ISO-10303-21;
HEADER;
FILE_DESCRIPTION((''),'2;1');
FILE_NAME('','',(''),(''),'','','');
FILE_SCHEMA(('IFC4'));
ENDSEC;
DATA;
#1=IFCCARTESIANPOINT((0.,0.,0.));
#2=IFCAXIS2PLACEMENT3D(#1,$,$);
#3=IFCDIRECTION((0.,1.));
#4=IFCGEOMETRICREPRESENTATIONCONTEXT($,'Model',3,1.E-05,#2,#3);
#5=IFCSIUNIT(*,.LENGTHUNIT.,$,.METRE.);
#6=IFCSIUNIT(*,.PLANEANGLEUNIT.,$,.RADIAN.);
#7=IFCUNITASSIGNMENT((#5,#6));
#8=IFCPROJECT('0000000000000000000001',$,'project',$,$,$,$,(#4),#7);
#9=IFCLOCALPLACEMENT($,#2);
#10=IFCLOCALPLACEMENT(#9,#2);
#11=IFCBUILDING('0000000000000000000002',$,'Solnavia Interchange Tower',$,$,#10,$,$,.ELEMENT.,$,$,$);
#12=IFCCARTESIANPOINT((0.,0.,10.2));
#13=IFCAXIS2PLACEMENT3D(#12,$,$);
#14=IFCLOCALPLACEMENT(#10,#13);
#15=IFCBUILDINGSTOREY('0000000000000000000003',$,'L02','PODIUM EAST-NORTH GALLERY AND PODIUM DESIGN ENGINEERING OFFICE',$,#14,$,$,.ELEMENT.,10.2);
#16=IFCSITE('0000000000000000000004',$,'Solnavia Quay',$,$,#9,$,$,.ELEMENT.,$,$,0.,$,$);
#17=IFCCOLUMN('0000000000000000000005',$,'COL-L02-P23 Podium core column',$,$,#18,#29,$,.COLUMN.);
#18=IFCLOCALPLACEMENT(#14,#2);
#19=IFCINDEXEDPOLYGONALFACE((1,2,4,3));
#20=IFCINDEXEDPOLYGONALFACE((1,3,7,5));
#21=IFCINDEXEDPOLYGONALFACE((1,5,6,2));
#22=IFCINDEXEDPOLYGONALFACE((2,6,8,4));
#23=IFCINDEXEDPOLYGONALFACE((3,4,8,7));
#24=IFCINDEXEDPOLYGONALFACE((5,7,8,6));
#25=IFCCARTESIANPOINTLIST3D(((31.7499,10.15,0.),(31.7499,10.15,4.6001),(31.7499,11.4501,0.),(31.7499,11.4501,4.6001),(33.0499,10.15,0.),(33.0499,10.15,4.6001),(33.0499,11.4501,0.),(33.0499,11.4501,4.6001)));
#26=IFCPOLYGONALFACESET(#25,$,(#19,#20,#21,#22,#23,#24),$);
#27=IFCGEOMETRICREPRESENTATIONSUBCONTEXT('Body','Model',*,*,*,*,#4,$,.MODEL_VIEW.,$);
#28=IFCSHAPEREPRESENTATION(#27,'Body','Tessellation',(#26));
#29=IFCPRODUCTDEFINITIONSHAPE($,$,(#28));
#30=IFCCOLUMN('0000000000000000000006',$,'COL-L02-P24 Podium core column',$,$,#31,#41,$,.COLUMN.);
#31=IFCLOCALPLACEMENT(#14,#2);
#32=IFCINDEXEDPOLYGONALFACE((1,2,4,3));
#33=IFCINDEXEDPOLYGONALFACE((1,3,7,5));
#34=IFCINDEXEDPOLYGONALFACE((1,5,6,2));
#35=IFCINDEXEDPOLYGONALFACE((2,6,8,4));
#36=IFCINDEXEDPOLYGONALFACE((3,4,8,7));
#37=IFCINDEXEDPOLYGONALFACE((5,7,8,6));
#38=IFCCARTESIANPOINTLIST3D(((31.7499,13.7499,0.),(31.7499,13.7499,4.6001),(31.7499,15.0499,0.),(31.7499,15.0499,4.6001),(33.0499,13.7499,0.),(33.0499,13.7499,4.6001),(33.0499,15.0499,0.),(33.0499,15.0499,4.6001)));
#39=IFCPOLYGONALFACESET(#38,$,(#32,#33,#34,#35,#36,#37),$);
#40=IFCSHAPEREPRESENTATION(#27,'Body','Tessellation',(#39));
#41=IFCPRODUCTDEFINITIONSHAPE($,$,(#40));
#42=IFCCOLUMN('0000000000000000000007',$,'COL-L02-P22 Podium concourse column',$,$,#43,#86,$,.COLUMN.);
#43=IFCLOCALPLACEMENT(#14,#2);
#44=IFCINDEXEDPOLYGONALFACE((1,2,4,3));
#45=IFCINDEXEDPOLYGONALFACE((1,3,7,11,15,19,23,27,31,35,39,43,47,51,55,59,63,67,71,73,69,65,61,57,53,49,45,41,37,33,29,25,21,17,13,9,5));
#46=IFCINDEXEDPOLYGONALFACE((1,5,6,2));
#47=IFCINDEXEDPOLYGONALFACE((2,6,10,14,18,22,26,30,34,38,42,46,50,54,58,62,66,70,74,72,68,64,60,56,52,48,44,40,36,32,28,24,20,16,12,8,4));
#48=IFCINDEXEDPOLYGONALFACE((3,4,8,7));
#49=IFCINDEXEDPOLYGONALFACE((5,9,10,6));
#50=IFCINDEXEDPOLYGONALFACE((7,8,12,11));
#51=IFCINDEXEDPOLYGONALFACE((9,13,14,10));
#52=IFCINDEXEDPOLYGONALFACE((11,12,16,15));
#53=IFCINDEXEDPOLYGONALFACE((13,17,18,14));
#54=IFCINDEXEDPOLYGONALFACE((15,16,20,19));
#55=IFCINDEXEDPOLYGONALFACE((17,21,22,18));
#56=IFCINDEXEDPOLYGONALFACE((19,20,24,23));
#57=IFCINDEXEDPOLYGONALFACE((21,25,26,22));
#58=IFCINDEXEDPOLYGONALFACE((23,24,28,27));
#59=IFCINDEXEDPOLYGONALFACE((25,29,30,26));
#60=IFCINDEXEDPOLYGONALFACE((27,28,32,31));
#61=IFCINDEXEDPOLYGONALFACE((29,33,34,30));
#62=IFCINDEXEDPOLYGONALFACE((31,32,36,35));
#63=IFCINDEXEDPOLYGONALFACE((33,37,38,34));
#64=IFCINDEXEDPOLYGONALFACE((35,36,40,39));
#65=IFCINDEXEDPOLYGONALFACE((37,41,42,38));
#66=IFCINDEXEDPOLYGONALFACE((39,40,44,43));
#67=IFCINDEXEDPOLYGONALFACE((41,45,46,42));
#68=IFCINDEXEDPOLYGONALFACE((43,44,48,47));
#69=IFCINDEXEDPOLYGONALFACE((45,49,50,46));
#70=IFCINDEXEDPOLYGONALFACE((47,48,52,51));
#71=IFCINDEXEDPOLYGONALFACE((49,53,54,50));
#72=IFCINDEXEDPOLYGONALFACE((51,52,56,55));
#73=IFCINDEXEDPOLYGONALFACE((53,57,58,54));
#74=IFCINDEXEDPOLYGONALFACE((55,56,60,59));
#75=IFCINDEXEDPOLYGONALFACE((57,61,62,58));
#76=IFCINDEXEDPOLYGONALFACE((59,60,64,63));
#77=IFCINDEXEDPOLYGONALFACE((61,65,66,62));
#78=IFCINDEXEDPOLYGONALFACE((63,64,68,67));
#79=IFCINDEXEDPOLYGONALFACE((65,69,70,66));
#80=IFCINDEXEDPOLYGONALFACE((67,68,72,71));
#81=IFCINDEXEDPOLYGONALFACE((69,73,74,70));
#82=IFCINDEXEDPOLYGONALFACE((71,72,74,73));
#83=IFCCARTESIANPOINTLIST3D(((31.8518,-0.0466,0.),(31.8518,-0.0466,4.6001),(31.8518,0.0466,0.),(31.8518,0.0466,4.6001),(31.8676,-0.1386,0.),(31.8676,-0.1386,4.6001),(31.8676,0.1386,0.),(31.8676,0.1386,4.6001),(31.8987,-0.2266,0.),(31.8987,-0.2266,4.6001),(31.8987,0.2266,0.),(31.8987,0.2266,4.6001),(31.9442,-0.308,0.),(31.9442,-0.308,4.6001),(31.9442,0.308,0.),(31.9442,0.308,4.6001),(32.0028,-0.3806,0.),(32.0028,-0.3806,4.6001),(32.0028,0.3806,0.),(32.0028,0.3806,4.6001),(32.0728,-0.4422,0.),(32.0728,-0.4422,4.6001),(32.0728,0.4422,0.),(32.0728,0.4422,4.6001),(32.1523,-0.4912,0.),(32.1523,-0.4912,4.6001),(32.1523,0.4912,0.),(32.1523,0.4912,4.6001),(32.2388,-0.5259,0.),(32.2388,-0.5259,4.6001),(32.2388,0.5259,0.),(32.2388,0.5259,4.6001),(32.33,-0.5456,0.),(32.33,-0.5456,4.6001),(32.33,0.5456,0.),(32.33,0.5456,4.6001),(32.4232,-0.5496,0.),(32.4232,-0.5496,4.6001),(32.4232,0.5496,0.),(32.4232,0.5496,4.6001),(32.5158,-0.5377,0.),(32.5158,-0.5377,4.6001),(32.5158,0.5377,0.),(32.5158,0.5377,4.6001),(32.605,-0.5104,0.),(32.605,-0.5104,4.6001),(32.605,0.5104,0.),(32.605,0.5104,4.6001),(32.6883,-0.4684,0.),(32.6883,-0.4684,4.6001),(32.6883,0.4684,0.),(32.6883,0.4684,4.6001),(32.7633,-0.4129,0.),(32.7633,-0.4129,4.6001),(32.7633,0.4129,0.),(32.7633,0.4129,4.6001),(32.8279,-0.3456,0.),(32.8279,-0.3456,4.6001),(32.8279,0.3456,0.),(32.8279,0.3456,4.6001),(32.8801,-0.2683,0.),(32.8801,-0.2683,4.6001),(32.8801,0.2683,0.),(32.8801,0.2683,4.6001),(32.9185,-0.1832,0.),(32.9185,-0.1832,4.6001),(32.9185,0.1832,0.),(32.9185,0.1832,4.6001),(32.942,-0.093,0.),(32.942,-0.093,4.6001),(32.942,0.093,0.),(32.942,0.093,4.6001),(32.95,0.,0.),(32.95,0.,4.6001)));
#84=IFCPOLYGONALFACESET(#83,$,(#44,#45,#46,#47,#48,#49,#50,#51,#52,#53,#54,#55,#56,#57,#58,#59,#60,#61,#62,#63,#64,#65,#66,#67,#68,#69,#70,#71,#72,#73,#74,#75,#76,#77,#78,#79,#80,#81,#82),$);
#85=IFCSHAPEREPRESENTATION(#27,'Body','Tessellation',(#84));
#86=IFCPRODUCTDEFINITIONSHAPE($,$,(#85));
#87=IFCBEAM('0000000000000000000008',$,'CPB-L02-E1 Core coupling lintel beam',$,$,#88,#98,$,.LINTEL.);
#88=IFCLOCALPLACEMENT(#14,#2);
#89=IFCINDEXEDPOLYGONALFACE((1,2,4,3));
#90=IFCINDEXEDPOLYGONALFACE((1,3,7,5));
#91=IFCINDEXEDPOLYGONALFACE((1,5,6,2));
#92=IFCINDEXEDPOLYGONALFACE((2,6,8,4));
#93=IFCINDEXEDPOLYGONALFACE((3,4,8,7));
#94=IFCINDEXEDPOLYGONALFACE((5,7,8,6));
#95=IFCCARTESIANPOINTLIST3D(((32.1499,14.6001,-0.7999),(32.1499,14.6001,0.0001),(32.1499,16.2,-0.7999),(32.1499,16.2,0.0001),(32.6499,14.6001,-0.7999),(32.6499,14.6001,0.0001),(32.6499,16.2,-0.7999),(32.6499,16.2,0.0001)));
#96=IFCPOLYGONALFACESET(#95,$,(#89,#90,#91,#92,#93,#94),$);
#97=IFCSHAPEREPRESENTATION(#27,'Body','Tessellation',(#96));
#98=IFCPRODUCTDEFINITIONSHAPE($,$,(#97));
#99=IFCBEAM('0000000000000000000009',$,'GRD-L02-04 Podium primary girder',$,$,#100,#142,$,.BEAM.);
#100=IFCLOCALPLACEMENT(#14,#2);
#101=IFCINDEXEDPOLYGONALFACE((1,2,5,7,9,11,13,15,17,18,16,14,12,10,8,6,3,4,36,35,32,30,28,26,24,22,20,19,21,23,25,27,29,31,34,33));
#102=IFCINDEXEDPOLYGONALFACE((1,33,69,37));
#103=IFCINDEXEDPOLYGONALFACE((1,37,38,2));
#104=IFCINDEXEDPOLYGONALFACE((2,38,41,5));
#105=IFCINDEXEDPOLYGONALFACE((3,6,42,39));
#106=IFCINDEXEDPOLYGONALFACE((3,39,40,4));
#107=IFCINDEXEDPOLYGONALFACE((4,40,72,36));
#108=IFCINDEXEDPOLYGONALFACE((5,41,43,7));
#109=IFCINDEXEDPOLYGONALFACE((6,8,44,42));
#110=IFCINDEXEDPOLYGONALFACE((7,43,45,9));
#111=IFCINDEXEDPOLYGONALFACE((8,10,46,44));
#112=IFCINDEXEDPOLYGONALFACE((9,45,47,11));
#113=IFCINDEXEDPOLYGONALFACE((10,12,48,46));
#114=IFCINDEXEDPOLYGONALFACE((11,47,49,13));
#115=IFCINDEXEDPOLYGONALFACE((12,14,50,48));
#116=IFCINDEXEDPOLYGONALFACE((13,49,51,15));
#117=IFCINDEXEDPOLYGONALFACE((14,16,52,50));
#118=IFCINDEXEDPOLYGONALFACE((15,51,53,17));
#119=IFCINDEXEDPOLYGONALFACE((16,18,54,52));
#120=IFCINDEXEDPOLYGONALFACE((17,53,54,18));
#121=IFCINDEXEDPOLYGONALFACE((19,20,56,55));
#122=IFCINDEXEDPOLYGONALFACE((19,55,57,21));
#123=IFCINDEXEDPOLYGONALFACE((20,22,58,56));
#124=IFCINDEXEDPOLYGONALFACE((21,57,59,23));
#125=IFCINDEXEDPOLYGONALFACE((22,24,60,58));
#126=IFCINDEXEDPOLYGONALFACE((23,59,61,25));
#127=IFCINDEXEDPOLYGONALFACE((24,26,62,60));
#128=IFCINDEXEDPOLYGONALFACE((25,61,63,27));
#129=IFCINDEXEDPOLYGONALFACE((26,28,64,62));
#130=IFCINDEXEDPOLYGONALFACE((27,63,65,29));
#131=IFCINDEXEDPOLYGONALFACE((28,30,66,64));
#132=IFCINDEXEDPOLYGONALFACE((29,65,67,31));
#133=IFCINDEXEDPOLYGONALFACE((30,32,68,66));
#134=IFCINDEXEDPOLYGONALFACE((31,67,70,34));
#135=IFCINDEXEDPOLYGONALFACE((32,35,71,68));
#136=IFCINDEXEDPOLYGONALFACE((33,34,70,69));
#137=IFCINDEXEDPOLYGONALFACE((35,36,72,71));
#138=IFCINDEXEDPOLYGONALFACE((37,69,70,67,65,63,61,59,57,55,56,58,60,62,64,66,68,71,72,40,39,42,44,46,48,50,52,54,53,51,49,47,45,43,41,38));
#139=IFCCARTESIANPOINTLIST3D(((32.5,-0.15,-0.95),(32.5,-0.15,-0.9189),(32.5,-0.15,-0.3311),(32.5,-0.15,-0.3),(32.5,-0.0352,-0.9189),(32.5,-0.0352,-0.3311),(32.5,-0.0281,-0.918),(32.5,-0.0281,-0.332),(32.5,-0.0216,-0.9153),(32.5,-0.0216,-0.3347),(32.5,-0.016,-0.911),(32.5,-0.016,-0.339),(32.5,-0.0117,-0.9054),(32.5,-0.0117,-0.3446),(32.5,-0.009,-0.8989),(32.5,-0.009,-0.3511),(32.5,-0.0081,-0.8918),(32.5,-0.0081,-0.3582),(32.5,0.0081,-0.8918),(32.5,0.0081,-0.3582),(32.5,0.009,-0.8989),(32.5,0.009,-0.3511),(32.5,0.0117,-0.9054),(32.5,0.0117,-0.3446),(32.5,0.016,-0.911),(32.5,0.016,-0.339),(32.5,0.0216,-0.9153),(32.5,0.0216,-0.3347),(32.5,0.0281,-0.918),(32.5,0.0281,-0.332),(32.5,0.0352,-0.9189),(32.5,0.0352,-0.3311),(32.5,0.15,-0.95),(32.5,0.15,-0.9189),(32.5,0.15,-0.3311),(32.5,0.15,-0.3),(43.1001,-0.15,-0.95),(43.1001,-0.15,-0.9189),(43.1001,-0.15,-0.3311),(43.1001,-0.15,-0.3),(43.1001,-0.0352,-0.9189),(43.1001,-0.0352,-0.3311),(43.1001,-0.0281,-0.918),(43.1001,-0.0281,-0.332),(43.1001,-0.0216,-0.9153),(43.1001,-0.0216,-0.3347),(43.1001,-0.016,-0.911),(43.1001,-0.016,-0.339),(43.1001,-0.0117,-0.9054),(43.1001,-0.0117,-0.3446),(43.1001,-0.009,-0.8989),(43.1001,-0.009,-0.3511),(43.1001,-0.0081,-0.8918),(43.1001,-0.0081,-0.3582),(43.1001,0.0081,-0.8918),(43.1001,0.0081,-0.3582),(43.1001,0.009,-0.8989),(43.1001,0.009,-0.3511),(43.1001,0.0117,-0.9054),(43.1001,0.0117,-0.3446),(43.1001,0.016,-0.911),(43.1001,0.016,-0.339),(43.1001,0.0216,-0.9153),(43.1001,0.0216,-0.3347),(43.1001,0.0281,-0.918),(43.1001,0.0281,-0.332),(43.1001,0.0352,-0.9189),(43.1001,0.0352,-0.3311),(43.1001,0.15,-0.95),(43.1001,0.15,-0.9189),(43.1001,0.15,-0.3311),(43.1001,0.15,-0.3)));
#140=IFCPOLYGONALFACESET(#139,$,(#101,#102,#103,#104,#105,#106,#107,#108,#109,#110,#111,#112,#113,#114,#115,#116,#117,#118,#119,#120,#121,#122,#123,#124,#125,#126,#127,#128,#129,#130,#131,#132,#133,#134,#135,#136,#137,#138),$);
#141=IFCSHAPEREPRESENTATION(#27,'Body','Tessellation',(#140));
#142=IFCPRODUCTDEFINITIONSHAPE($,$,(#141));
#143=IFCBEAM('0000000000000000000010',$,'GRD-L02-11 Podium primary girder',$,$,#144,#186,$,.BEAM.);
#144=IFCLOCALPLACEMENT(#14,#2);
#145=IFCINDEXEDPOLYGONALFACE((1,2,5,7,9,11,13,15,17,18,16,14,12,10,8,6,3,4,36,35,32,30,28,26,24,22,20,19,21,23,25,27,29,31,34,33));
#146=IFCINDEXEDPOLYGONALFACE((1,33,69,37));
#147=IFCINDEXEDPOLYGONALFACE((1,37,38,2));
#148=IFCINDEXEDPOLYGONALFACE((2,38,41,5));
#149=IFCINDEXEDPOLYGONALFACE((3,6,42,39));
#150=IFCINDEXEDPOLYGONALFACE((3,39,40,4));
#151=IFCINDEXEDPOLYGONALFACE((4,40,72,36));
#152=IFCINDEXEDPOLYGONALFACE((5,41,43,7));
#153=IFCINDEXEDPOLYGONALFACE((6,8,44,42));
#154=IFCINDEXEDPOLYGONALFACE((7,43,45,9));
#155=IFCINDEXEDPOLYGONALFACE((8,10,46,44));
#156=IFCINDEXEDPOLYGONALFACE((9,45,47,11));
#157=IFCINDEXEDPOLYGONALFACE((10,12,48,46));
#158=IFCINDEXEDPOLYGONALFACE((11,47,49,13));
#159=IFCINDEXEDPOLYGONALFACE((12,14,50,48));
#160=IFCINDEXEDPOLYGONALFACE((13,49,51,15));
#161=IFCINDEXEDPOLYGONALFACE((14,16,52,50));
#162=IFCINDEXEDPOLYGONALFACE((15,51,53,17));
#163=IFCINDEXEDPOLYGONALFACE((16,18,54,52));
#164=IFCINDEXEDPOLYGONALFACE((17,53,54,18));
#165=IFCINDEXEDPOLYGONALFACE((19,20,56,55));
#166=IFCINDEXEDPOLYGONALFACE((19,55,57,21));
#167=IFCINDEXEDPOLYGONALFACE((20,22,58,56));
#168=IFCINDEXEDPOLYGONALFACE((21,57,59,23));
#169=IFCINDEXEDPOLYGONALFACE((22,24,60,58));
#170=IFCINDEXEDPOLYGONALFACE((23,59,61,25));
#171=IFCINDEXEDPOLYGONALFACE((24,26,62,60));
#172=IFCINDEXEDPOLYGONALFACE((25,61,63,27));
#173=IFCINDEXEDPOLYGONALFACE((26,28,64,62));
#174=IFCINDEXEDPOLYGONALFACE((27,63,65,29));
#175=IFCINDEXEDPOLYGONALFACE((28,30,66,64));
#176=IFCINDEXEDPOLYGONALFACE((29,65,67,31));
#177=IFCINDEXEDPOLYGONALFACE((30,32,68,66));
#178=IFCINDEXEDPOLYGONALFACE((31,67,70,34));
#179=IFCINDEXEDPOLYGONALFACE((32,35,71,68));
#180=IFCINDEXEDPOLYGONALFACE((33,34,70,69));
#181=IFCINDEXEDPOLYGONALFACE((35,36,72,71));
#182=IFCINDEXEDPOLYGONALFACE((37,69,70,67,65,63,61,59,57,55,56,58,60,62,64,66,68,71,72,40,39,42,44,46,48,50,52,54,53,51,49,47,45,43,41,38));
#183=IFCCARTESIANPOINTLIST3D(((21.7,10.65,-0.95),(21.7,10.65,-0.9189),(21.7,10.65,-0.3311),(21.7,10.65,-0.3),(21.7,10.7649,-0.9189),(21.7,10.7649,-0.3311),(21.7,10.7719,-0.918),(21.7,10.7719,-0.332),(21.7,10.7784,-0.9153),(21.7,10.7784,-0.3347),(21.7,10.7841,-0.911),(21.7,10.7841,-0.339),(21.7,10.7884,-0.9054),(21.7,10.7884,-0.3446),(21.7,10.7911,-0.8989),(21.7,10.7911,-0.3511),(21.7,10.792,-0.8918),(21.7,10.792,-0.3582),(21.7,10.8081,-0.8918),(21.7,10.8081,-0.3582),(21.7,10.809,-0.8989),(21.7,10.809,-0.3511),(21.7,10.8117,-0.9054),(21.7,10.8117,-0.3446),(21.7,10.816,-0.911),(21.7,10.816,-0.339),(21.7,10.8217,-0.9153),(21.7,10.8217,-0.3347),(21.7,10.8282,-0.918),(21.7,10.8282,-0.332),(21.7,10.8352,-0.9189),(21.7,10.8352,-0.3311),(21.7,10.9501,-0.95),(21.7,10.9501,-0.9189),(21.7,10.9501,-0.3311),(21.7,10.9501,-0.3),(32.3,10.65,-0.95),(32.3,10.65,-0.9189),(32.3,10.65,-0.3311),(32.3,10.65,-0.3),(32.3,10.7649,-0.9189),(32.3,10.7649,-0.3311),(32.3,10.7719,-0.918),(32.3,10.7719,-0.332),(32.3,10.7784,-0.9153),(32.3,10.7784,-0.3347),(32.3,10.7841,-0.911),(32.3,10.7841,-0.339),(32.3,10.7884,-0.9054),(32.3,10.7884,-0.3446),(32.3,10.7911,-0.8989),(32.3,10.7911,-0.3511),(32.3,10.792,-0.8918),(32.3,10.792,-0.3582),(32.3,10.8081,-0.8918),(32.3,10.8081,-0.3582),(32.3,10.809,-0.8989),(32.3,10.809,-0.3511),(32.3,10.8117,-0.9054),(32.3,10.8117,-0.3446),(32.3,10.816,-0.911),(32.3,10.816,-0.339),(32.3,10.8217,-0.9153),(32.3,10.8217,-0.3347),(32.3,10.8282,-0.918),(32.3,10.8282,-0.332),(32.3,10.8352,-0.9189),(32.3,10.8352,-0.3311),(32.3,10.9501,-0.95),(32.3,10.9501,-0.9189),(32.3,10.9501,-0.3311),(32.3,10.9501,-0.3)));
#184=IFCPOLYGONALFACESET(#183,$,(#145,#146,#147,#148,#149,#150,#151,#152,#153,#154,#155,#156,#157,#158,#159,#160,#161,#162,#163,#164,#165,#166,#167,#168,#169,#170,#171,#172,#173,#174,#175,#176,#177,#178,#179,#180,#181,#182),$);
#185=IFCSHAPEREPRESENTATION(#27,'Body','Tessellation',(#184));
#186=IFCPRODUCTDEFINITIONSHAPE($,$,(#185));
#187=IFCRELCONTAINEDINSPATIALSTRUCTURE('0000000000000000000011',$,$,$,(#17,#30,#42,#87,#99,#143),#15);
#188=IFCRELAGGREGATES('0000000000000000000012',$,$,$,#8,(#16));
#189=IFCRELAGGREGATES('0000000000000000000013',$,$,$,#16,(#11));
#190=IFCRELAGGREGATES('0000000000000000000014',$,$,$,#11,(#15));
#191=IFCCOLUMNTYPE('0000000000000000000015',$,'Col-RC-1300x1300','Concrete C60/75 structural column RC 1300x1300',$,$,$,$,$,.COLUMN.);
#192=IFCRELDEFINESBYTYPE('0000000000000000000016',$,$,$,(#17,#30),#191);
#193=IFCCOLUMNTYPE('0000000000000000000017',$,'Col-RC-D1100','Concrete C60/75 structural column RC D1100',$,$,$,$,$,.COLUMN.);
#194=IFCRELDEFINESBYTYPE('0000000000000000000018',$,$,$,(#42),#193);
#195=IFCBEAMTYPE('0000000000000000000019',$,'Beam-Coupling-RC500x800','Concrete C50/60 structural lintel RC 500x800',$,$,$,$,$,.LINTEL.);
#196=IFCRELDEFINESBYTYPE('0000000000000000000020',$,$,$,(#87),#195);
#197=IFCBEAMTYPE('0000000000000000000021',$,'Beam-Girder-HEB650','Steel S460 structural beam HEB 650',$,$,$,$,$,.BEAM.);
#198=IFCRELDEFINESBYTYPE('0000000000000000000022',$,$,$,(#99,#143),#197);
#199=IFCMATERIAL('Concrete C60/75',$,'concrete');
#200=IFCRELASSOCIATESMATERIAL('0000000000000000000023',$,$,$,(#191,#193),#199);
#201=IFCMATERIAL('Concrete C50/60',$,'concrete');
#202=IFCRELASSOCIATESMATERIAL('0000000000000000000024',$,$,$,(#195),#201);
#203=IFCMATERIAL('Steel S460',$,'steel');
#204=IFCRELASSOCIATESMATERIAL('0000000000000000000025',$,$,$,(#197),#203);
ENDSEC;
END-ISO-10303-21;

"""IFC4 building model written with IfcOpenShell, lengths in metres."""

from ifc_helpers import new_model, si_unit, direction, frame, origin, origin_2d, place, context, subcontext, project, spatial, rectangle, circle, i_section, extrude, material, material_profile, profile_set, type_object, element, save


model = new_model("IFC4")

# Units and contexts
model_context = context("Model", 3, precision=1e-05, world=origin(), true_north=direction((0.0, 1.0)))
body_context = subcontext(model_context, "Body", "Model", "MODEL_VIEW")
ifc_project = project(units=[si_unit("LENGTHUNIT", "METRE"), si_unit("PLANEANGLEUNIT", "RADIAN")], contexts=[model_context])

# Site, building, storey
site_placement = place(None, origin())
site = spatial("IfcSite", under=ifc_project, at=site_placement, Name="Solnavia Quay", CompositionType="ELEMENT", RefElevation=0.0)
building_placement = place(site_placement, origin())
building = spatial("IfcBuilding", under=site, at=building_placement, Name="Solnavia Interchange Tower", CompositionType="ELEMENT")
storey_placement = place(building_placement, frame((0.0, 0.0, 10.2)))
storey = spatial("IfcBuildingStorey", under=building, at=storey_placement, Name="L02", Description="PODIUM EAST-NORTH GALLERY AND PODIUM DESIGN ENGINEERING OFFICE", CompositionType="ELEMENT", Elevation=10.2)

# Columns
ifc_material_1 = material(Name="Concrete C60/75", Category="concrete")
ifc_material_profile_1 = material_profile(ifc_material_1, rectangle(XDim=1.3, YDim=1.3, at=origin_2d()), Name="RC 1300x1300")
ifc_profile_set_1 = profile_set([ifc_material_profile_1], Name="Concrete C60/75")
column_type_1 = type_object("IfcColumnType", Name="Col-RC-1300x1300", Description="Concrete C60/75 structural column RC 1300x1300", PredefinedType="COLUMN", material=ifc_profile_set_1)
for number, where, z_axis, x_axis, name in (
    (1, (32.3999, 10.8, 0.0), (0.0, 0.0, 1.0), (1.0, 0.0, 0.0), "COL-L02-P23 Podium core column"),
    (2, (32.3999, 14.3999, 0.0), (0.0, 0.0, 1.0), (1.0, 0.0, 0.0), "COL-L02-P24 Podium core column"),
):
    element("IfcColumn", number, at=place(storey_placement, frame(where, z_axis=z_axis, x_axis=x_axis)), inside=storey, type_object=column_type_1, Name=name, PredefinedType="COLUMN", context=body_context, shape_type="SweptSolid", body=[
        extrude(rectangle(XDim=1.3, YDim=1.3, at=origin_2d()), origin(), (0.0, 0.0, 1.0), 4.6001),
    ])
ifc_material_profile_2 = material_profile(ifc_material_1, circle(Radius=0.55, at=origin_2d()), Name="RC D1100")
ifc_profile_set_2 = profile_set([ifc_material_profile_2], Name="Concrete C60/75")
column_type_2 = type_object("IfcColumnType", Name="Col-RC-D1100", Description="Concrete C60/75 structural column RC D1100", PredefinedType="COLUMN", material=ifc_profile_set_2)
column_placement = place(storey_placement, frame((32.3999, 0.0, 0.0), z_axis=(0.0, 0.0, 1.0), x_axis=(1.0, 0.0, 0.0)))
element("IfcColumn", 3, at=column_placement, inside=storey, type_object=column_type_2, Name="COL-L02-P22 Podium concourse column", PredefinedType="COLUMN", context=body_context, shape_type="SweptSolid", body=[
    extrude(circle(Radius=0.55, at=origin_2d()), origin(), (0.0, 0.0, 1.0), 4.6001),
])

# Beams
ifc_material_2 = material(Name="Concrete C50/60", Category="concrete")
ifc_material_profile_3 = material_profile(ifc_material_2, rectangle(XDim=0.5, YDim=0.8, at=origin_2d()), Name="RC 500x800")
ifc_profile_set_3 = profile_set([ifc_material_profile_3], Name="Concrete C50/60")
beam_type_1 = type_object("IfcBeamType", Name="Beam-Coupling-RC500x800", Description="Concrete C50/60 structural lintel RC 500x800", PredefinedType="LINTEL", material=ifc_profile_set_3)
beam_1_placement = place(storey_placement, frame((32.3999, 14.6001, -0.3999), z_axis=(0.0, 1.0, 0.0), x_axis=(-1.0, 0.0, 0.0)))
element("IfcBeam", 4, at=beam_1_placement, inside=storey, type_object=beam_type_1, Name="CPB-L02-E1 Core coupling lintel beam", PredefinedType="LINTEL", context=body_context, shape_type="SweptSolid", body=[
    extrude(rectangle(XDim=0.5, YDim=0.8, at=origin_2d()), origin(), (0.0, 0.0, 1.0), 1.5999),
])
ifc_material_3 = material(Name="Steel S460", Category="steel")
ifc_material_profile_4 = material_profile(ifc_material_3, i_section(OverallWidth=0.3, OverallDepth=0.6499, WebThickness=0.0161, FlangeThickness=0.031, FilletRadius=0.0271, at=origin_2d()), Name="HEB 650")
ifc_profile_set_4 = profile_set([ifc_material_profile_4], Name="Steel S460")
beam_type_2 = type_object("IfcBeamType", Name="Beam-Girder-HEB650", Description="Steel S460 structural beam HEB 650", PredefinedType="BEAM", material=ifc_profile_set_4)
for number, where, z_axis, x_axis, name in (
    (5, (32.5, 0.0, -0.625), (1.0, 0.0, 0.0), (0.0, 1.0, 0.0), "GRD-L02-04 Podium primary girder"),
    (6, (21.7, 10.8, -0.625), (1.0, 0.0, 0.0), (0.0, 1.0, 0.0), "GRD-L02-11 Podium primary girder"),
):
    element("IfcBeam", number, at=place(storey_placement, frame(where, z_axis=z_axis, x_axis=x_axis)), inside=storey, type_object=beam_type_2, Name=name, PredefinedType="BEAM", context=body_context, shape_type="SweptSolid", body=[
        extrude(i_section(OverallWidth=0.3, OverallDepth=0.6499, WebThickness=0.0161, FlangeThickness=0.031, FilletRadius=0.0271, at=origin_2d()), origin(), (0.0, 0.0, 1.0), 10.6001),
    ])

save(model, "model.ifc")
